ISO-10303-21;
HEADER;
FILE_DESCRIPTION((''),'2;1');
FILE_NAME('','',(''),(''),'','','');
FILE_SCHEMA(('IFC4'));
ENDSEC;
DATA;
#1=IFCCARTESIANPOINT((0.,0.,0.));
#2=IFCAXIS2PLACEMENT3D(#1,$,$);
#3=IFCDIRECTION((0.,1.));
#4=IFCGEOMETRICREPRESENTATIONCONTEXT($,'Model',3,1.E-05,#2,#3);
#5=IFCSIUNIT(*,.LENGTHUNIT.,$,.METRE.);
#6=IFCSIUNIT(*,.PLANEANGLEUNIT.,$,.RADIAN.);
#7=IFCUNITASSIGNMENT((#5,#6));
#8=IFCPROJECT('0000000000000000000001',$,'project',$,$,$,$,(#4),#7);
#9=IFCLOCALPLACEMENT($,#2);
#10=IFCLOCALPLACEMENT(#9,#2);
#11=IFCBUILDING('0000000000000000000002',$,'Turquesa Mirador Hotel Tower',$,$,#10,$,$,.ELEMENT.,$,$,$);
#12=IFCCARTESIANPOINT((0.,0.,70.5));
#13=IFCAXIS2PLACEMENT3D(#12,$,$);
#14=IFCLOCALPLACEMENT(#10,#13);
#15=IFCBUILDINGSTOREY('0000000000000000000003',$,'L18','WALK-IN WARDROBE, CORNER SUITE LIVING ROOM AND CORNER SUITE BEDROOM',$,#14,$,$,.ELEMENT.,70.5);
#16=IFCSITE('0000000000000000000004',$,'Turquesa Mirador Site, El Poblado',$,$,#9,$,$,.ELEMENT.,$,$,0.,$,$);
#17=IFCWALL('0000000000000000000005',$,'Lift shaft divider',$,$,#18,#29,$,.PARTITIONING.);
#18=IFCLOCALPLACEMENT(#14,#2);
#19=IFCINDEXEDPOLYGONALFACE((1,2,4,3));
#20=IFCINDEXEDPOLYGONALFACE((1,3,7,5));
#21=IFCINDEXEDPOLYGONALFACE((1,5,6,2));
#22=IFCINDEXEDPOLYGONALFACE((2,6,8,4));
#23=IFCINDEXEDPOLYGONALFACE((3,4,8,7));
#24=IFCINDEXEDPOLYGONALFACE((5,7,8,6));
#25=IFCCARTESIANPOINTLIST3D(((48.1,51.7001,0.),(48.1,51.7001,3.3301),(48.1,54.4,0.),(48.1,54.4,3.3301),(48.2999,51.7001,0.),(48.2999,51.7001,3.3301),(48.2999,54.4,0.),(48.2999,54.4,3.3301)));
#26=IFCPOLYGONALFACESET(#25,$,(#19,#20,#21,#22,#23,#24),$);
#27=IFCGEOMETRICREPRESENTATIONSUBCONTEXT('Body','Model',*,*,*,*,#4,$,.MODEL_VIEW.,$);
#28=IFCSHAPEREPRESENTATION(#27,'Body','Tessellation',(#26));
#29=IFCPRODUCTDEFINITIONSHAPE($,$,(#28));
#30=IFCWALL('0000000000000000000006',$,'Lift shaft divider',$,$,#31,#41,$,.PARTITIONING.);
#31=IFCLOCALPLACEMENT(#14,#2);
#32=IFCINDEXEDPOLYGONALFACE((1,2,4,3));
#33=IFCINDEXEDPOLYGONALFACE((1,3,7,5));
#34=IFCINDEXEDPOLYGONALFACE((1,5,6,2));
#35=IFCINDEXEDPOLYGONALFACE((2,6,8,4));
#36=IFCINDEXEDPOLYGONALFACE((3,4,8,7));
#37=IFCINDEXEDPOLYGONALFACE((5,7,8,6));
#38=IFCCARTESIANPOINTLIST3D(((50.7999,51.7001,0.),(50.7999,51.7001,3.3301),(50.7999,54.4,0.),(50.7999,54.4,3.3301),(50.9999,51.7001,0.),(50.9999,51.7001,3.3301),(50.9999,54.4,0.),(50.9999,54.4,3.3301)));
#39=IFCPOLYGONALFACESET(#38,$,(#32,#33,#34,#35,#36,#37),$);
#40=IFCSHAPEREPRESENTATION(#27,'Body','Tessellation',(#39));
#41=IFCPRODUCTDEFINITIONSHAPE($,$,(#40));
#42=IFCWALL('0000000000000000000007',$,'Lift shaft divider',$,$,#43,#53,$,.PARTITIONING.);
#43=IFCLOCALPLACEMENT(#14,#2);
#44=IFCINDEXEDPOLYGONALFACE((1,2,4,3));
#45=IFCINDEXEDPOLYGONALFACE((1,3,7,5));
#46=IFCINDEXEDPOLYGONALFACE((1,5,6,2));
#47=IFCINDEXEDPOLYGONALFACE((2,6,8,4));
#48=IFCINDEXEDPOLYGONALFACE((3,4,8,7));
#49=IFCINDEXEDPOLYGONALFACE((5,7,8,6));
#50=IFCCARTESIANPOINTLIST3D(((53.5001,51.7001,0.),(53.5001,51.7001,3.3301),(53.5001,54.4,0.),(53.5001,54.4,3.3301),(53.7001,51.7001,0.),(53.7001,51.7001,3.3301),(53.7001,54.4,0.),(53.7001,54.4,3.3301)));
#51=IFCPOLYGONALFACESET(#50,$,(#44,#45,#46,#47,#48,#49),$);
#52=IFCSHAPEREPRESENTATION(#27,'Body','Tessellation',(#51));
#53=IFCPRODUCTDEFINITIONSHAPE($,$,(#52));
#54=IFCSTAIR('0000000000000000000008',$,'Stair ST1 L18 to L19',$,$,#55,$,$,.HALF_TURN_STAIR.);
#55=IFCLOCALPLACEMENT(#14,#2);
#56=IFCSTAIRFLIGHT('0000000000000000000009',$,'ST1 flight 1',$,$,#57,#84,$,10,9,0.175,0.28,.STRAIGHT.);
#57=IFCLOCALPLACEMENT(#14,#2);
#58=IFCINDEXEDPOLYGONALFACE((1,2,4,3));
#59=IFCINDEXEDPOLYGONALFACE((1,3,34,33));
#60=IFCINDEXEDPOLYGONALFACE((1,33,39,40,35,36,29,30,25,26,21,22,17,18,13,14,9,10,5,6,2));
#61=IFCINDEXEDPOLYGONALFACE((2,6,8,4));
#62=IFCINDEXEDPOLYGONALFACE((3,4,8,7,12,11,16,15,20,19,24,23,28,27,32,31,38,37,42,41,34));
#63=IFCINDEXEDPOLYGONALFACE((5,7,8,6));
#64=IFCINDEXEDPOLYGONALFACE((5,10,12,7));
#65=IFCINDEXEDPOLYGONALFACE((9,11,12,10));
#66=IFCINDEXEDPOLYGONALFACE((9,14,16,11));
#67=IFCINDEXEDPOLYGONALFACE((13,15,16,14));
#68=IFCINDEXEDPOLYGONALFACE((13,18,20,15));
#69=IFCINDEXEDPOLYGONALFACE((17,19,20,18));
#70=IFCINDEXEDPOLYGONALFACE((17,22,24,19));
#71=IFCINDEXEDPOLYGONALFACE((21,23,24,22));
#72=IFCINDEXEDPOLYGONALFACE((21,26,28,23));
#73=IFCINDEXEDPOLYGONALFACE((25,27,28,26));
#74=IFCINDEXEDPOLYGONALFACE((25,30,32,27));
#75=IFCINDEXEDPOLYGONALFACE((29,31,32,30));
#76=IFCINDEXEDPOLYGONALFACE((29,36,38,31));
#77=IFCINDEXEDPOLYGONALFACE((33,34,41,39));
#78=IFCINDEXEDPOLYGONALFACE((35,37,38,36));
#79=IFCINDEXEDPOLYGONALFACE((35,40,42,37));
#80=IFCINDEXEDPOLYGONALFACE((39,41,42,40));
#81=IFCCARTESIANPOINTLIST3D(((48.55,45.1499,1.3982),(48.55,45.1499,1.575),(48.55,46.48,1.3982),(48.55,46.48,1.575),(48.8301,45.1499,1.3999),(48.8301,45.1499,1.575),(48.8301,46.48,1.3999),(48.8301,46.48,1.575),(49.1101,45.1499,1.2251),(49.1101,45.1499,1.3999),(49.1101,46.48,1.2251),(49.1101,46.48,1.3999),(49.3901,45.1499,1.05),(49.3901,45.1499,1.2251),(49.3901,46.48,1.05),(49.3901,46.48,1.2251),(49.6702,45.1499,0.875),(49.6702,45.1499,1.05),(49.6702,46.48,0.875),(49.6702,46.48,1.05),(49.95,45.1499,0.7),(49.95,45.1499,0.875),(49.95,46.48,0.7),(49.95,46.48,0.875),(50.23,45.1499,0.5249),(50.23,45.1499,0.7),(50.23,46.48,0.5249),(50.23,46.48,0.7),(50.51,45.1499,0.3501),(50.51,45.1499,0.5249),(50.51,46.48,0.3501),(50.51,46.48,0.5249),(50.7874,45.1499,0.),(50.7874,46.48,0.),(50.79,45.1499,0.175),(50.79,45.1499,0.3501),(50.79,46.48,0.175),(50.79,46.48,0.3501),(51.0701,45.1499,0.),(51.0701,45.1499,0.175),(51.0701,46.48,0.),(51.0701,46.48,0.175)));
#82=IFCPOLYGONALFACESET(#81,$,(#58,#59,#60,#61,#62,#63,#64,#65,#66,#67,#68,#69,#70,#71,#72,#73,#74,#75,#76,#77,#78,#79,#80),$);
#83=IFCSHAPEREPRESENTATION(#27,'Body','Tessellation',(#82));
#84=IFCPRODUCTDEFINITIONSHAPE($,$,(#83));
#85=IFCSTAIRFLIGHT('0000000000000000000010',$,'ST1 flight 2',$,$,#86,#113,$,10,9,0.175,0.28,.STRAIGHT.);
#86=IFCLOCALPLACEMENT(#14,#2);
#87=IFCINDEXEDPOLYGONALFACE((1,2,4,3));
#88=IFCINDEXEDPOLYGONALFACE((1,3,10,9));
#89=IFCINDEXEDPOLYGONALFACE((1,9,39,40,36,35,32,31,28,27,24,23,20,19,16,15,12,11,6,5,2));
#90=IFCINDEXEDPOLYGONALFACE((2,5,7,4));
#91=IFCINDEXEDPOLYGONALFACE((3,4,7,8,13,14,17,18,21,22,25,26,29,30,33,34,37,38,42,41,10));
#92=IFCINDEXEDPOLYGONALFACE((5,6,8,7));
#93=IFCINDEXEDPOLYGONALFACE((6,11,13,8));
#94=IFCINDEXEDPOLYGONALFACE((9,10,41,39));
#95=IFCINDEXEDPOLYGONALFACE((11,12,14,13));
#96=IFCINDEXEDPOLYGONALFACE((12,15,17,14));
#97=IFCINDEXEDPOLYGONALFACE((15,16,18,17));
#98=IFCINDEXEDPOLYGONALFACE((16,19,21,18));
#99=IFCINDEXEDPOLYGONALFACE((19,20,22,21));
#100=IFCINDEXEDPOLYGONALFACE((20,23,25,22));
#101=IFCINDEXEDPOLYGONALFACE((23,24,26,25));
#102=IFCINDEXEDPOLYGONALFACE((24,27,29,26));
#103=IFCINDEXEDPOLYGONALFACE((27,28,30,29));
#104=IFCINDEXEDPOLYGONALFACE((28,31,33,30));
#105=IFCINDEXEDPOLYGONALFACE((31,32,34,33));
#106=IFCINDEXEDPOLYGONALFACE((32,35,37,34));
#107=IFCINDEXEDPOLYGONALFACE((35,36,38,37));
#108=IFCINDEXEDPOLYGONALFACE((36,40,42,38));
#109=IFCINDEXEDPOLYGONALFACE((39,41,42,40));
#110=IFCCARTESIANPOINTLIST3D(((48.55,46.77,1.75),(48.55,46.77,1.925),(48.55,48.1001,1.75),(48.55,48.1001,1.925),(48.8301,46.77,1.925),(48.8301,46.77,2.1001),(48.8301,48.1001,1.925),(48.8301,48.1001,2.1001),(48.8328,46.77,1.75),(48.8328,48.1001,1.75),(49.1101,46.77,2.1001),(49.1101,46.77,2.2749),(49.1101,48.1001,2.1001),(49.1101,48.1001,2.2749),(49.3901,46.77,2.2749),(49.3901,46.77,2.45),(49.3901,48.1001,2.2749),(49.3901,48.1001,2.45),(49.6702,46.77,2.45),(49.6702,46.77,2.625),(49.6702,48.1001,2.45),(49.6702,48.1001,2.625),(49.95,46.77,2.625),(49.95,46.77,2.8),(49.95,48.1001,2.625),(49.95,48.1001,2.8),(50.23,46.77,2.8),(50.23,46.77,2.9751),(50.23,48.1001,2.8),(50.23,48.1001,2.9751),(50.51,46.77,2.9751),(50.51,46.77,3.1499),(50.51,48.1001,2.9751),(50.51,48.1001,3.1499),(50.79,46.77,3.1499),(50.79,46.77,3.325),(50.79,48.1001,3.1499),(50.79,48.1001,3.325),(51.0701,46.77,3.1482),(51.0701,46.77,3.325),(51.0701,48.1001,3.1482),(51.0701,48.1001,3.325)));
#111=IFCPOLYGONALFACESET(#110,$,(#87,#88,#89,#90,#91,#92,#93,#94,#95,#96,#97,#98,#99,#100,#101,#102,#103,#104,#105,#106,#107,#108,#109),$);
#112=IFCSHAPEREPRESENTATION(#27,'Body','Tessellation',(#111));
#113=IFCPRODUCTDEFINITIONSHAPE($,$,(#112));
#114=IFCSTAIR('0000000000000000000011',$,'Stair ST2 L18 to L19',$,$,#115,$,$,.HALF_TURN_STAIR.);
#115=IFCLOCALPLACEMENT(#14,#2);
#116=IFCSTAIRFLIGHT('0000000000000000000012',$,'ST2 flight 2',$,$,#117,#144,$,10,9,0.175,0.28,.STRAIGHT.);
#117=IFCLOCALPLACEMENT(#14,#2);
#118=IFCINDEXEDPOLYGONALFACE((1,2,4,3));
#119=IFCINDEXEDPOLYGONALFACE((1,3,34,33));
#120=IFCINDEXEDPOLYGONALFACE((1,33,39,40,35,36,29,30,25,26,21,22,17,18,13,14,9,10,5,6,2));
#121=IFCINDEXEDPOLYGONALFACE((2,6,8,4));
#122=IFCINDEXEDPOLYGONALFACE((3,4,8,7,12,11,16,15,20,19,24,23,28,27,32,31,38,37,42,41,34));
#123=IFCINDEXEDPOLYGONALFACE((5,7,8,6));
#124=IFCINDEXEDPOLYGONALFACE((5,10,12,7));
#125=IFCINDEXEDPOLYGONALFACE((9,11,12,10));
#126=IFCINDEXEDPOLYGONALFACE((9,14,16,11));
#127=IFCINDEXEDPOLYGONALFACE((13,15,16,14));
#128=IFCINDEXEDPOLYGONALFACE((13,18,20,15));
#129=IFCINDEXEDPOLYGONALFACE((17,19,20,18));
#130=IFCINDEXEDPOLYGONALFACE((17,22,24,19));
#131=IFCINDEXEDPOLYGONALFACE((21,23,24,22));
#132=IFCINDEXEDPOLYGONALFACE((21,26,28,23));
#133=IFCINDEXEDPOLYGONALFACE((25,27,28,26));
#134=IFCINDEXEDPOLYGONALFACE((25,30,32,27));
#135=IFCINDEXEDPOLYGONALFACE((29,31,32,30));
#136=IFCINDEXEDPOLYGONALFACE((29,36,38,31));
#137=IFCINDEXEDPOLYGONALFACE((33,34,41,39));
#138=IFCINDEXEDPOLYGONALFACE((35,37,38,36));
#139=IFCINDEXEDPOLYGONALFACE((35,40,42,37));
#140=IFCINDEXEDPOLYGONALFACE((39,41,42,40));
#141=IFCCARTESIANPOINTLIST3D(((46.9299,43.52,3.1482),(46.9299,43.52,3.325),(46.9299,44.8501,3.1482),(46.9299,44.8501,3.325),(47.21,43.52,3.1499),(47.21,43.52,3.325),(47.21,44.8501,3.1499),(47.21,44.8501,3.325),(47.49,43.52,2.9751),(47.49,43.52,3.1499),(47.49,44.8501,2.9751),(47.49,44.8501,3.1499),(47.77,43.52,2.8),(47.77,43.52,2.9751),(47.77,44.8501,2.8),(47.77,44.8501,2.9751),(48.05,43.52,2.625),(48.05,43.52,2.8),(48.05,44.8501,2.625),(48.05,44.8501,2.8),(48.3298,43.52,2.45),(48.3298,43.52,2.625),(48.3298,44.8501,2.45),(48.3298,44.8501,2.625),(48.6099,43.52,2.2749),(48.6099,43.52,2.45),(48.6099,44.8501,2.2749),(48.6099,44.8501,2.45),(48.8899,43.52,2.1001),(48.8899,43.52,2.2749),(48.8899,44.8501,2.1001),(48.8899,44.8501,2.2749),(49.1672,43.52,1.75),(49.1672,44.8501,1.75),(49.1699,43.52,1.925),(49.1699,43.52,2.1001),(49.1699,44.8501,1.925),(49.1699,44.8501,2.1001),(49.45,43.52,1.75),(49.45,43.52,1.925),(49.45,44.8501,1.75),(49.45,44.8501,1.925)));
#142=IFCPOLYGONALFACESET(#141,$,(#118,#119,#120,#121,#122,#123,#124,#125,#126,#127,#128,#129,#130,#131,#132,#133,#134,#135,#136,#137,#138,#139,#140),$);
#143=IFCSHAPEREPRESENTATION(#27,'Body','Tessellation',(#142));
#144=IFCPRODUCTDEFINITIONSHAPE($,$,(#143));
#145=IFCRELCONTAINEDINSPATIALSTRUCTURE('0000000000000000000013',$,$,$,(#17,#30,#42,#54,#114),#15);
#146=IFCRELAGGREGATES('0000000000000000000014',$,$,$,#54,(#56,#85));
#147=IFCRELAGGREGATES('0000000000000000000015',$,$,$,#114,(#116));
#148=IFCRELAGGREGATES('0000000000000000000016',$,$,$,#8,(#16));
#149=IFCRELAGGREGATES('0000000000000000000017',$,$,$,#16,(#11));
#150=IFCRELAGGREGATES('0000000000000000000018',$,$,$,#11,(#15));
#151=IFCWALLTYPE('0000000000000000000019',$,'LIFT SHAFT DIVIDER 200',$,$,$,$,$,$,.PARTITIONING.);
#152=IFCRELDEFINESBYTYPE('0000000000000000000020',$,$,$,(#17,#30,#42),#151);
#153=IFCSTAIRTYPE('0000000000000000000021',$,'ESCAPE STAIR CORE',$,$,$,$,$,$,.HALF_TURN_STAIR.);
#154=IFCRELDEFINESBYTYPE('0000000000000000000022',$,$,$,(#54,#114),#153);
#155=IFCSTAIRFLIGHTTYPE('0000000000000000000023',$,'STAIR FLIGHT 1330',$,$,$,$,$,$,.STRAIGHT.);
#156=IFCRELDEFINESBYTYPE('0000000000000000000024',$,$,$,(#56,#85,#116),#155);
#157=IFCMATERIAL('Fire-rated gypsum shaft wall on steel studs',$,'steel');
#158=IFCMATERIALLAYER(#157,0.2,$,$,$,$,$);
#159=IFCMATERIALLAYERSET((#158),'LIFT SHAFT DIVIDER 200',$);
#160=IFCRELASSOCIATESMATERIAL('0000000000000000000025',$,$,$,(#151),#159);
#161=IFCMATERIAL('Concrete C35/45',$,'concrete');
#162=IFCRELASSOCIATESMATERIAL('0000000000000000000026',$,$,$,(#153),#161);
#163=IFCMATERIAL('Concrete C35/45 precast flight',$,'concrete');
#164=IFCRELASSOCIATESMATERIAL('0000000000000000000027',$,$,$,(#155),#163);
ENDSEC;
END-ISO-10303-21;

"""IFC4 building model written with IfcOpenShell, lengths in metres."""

from ifc_helpers import new_model, si_unit, direction, frame, frame_2d, origin, place, context, subcontext, project, spatial, polyline, rectangle, outline, extrude, material, layer, layer_set, type_object, element, aggregate, save


model = new_model("IFC4")

# Units and contexts
model_context = context("Model", 3, precision=1e-05, world=origin(), true_north=direction((0.0, 1.0)))
body_context = subcontext(model_context, "Body", "Model", "MODEL_VIEW")
ifc_project = project(units=[si_unit("LENGTHUNIT", "METRE"), si_unit("PLANEANGLEUNIT", "RADIAN")], contexts=[model_context])

# Site, building, storey
site_placement = place(None, origin())
site = spatial("IfcSite", under=ifc_project, at=site_placement, Name="Turquesa Mirador Site, El Poblado", CompositionType="ELEMENT", RefElevation=0.0)
building_placement = place(site_placement, origin())
building = spatial("IfcBuilding", under=site, at=building_placement, Name="Turquesa Mirador Hotel Tower", CompositionType="ELEMENT")
storey_placement = place(building_placement, frame((0.0, 0.0, 70.5)))
storey = spatial("IfcBuildingStorey", under=building, at=storey_placement, Name="L18", Description="WALK-IN WARDROBE, CORNER SUITE LIVING ROOM AND CORNER SUITE BEDROOM", CompositionType="ELEMENT", Elevation=70.5)

# Walls
ifc_material_1 = material(Name="Fire-rated gypsum shaft wall on steel studs", Category="steel")
ifc_layer_1 = layer(ifc_material_1, 0.2)
ifc_layer_set_1 = layer_set([ifc_layer_1], Name="LIFT SHAFT DIVIDER 200")
wall_type_1 = type_object("IfcWallType", Name="LIFT SHAFT DIVIDER 200", PredefinedType="PARTITIONING", material=ifc_layer_set_1)
for number, where, z_axis, x_axis, name in (
    (1, (48.2, 51.7, 0.0), (0.0, 0.0, 1.0), (0.0, 1.0, 0.0), "Lift shaft divider"),
    (2, (50.8999, 51.7, 0.0), (0.0, 0.0, 1.0), (0.0, 1.0, 0.0), "Lift shaft divider"),
    (3, (53.6001, 51.7, 0.0), (0.0, 0.0, 1.0), (0.0, 1.0, 0.0), "Lift shaft divider"),
):
    element("IfcWall", number, at=place(storey_placement, frame(where, z_axis=z_axis, x_axis=x_axis)), inside=storey, type_object=wall_type_1, Name=name, PredefinedType="PARTITIONING", context=body_context, shape_type="SweptSolid", body=[
        extrude(rectangle(XDim=2.7, YDim=0.2, at=frame_2d((1.3501, 0.0))), origin(), (0.0, 0.0, 1.0), 3.3301),
    ])

# Stair, stair flights
ifc_material_2 = material(Name="Concrete C35/45", Category="concrete")
stair_type = type_object("IfcStairType", Name="ESCAPE STAIR CORE", PredefinedType="HALF_TURN_STAIR", material=ifc_material_2)
stair_1_placement = place(storey_placement, origin())
stair_1 = element("IfcStair", 4, at=stair_1_placement, inside=storey, type_object=stair_type, Name="Stair ST1 L18 to L19", PredefinedType="HALF_TURN_STAIR")
ifc_material_3 = material(Name="Concrete C35/45 precast flight", Category="concrete")
stair_flight_type = type_object("IfcStairFlightType", Name="STAIR FLIGHT 1330", PredefinedType="STRAIGHT", material=ifc_material_3)
stair_flight_1_placement = place(storey_placement, frame((51.0701, 45.8149, 0.0), z_axis=(0.0, 0.0, 1.0), x_axis=(-1.0, 0.0, 0.0)))
stair_flight_1 = element("IfcStairFlight", 5, at=stair_flight_1_placement, type_object=stair_flight_type, Name="ST1 flight 1", NumberOfRisers=10, NumberOfTreads=9, PredefinedType="STRAIGHT", RiserHeight=0.175, TreadLength=0.28, context=body_context, shape_type="SweptSolid", body=[
    extrude(outline(polyline([(0.0, 0.0), (0.0, 0.175), (0.28, 0.175), (0.28, 0.3501), (0.5601, 0.3501), (0.5601, 0.5249), (0.8401, 0.5249), (0.8401, 0.7), (1.1201, 0.7), (1.1201, 0.875), (1.3999, 0.875), (1.3999, 1.05), (1.6799, 1.05), (1.6799, 1.2251), (1.96, 1.2251), (1.96, 1.3999), (2.24, 1.3999), (2.24, 1.575), (2.52, 1.575), (2.52, 1.75), (2.52, 1.3982), (0.2827, 0.0), (0.0, 0.0)])), frame((0.0, 0.665, 0.0), z_axis=(0.0, -1.0, 0.0), x_axis=(1.0, 0.0, 0.0)), (0.0, 0.0, 1.0), 1.3301),
])
stair_flight_2_placement = place(storey_placement, frame((48.55, 47.4351, 1.75), z_axis=(0.0, 0.0, 1.0), x_axis=(1.0, 0.0, 0.0)))
stair_flight_2 = element("IfcStairFlight", 6, at=stair_flight_2_placement, type_object=stair_flight_type, Name="ST1 flight 2", NumberOfRisers=10, NumberOfTreads=9, PredefinedType="STRAIGHT", RiserHeight=0.175, TreadLength=0.28, context=body_context, shape_type="SweptSolid", body=[
    extrude(outline(polyline([(0.0, 0.0), (0.0, 0.175), (0.28, 0.175), (0.28, 0.3501), (0.5601, 0.3501), (0.5601, 0.5249), (0.8401, 0.5249), (0.8401, 0.7), (1.1201, 0.7), (1.1201, 0.875), (1.3999, 0.875), (1.3999, 1.05), (1.6799, 1.05), (1.6799, 1.2251), (1.96, 1.2251), (1.96, 1.3999), (2.24, 1.3999), (2.24, 1.575), (2.52, 1.575), (2.52, 1.75), (2.52, 1.3982), (0.2827, 0.0), (0.0, 0.0)])), frame((0.0, 0.665, 0.0), z_axis=(0.0, -1.0, 0.0), x_axis=(1.0, 0.0, 0.0)), (0.0, 0.0, 1.0), 1.3301),
])
aggregate(stair_1, [stair_flight_1, stair_flight_2])

# Stair, stair flight
stair_2_placement = place(storey_placement, origin())
stair_2 = element("IfcStair", 7, at=stair_2_placement, inside=storey, type_object=stair_type, Name="Stair ST2 L18 to L19", PredefinedType="HALF_TURN_STAIR")
stair_flight_3_placement = place(storey_placement, frame((49.45, 44.1851, 1.75), z_axis=(0.0, 0.0, 1.0), x_axis=(-1.0, 0.0, 0.0)))
stair_flight_3 = element("IfcStairFlight", 8, at=stair_flight_3_placement, type_object=stair_flight_type, Name="ST2 flight 2", NumberOfRisers=10, NumberOfTreads=9, PredefinedType="STRAIGHT", RiserHeight=0.175, TreadLength=0.28, context=body_context, shape_type="SweptSolid", body=[
    extrude(outline(polyline([(0.0, 0.0), (0.0, 0.175), (0.28, 0.175), (0.28, 0.3501), (0.5601, 0.3501), (0.5601, 0.5249), (0.8401, 0.5249), (0.8401, 0.7), (1.1201, 0.7), (1.1201, 0.875), (1.3999, 0.875), (1.3999, 1.05), (1.6799, 1.05), (1.6799, 1.2251), (1.96, 1.2251), (1.96, 1.3999), (2.24, 1.3999), (2.24, 1.575), (2.52, 1.575), (2.52, 1.75), (2.52, 1.3982), (0.2827, 0.0), (0.0, 0.0)])), frame((0.0, 0.665, 0.0), z_axis=(0.0, -1.0, 0.0), x_axis=(1.0, 0.0, 0.0)), (0.0, 0.0, 1.0), 1.3301),
])
aggregate(stair_2, [stair_flight_3])

save(model, "model.ifc")
